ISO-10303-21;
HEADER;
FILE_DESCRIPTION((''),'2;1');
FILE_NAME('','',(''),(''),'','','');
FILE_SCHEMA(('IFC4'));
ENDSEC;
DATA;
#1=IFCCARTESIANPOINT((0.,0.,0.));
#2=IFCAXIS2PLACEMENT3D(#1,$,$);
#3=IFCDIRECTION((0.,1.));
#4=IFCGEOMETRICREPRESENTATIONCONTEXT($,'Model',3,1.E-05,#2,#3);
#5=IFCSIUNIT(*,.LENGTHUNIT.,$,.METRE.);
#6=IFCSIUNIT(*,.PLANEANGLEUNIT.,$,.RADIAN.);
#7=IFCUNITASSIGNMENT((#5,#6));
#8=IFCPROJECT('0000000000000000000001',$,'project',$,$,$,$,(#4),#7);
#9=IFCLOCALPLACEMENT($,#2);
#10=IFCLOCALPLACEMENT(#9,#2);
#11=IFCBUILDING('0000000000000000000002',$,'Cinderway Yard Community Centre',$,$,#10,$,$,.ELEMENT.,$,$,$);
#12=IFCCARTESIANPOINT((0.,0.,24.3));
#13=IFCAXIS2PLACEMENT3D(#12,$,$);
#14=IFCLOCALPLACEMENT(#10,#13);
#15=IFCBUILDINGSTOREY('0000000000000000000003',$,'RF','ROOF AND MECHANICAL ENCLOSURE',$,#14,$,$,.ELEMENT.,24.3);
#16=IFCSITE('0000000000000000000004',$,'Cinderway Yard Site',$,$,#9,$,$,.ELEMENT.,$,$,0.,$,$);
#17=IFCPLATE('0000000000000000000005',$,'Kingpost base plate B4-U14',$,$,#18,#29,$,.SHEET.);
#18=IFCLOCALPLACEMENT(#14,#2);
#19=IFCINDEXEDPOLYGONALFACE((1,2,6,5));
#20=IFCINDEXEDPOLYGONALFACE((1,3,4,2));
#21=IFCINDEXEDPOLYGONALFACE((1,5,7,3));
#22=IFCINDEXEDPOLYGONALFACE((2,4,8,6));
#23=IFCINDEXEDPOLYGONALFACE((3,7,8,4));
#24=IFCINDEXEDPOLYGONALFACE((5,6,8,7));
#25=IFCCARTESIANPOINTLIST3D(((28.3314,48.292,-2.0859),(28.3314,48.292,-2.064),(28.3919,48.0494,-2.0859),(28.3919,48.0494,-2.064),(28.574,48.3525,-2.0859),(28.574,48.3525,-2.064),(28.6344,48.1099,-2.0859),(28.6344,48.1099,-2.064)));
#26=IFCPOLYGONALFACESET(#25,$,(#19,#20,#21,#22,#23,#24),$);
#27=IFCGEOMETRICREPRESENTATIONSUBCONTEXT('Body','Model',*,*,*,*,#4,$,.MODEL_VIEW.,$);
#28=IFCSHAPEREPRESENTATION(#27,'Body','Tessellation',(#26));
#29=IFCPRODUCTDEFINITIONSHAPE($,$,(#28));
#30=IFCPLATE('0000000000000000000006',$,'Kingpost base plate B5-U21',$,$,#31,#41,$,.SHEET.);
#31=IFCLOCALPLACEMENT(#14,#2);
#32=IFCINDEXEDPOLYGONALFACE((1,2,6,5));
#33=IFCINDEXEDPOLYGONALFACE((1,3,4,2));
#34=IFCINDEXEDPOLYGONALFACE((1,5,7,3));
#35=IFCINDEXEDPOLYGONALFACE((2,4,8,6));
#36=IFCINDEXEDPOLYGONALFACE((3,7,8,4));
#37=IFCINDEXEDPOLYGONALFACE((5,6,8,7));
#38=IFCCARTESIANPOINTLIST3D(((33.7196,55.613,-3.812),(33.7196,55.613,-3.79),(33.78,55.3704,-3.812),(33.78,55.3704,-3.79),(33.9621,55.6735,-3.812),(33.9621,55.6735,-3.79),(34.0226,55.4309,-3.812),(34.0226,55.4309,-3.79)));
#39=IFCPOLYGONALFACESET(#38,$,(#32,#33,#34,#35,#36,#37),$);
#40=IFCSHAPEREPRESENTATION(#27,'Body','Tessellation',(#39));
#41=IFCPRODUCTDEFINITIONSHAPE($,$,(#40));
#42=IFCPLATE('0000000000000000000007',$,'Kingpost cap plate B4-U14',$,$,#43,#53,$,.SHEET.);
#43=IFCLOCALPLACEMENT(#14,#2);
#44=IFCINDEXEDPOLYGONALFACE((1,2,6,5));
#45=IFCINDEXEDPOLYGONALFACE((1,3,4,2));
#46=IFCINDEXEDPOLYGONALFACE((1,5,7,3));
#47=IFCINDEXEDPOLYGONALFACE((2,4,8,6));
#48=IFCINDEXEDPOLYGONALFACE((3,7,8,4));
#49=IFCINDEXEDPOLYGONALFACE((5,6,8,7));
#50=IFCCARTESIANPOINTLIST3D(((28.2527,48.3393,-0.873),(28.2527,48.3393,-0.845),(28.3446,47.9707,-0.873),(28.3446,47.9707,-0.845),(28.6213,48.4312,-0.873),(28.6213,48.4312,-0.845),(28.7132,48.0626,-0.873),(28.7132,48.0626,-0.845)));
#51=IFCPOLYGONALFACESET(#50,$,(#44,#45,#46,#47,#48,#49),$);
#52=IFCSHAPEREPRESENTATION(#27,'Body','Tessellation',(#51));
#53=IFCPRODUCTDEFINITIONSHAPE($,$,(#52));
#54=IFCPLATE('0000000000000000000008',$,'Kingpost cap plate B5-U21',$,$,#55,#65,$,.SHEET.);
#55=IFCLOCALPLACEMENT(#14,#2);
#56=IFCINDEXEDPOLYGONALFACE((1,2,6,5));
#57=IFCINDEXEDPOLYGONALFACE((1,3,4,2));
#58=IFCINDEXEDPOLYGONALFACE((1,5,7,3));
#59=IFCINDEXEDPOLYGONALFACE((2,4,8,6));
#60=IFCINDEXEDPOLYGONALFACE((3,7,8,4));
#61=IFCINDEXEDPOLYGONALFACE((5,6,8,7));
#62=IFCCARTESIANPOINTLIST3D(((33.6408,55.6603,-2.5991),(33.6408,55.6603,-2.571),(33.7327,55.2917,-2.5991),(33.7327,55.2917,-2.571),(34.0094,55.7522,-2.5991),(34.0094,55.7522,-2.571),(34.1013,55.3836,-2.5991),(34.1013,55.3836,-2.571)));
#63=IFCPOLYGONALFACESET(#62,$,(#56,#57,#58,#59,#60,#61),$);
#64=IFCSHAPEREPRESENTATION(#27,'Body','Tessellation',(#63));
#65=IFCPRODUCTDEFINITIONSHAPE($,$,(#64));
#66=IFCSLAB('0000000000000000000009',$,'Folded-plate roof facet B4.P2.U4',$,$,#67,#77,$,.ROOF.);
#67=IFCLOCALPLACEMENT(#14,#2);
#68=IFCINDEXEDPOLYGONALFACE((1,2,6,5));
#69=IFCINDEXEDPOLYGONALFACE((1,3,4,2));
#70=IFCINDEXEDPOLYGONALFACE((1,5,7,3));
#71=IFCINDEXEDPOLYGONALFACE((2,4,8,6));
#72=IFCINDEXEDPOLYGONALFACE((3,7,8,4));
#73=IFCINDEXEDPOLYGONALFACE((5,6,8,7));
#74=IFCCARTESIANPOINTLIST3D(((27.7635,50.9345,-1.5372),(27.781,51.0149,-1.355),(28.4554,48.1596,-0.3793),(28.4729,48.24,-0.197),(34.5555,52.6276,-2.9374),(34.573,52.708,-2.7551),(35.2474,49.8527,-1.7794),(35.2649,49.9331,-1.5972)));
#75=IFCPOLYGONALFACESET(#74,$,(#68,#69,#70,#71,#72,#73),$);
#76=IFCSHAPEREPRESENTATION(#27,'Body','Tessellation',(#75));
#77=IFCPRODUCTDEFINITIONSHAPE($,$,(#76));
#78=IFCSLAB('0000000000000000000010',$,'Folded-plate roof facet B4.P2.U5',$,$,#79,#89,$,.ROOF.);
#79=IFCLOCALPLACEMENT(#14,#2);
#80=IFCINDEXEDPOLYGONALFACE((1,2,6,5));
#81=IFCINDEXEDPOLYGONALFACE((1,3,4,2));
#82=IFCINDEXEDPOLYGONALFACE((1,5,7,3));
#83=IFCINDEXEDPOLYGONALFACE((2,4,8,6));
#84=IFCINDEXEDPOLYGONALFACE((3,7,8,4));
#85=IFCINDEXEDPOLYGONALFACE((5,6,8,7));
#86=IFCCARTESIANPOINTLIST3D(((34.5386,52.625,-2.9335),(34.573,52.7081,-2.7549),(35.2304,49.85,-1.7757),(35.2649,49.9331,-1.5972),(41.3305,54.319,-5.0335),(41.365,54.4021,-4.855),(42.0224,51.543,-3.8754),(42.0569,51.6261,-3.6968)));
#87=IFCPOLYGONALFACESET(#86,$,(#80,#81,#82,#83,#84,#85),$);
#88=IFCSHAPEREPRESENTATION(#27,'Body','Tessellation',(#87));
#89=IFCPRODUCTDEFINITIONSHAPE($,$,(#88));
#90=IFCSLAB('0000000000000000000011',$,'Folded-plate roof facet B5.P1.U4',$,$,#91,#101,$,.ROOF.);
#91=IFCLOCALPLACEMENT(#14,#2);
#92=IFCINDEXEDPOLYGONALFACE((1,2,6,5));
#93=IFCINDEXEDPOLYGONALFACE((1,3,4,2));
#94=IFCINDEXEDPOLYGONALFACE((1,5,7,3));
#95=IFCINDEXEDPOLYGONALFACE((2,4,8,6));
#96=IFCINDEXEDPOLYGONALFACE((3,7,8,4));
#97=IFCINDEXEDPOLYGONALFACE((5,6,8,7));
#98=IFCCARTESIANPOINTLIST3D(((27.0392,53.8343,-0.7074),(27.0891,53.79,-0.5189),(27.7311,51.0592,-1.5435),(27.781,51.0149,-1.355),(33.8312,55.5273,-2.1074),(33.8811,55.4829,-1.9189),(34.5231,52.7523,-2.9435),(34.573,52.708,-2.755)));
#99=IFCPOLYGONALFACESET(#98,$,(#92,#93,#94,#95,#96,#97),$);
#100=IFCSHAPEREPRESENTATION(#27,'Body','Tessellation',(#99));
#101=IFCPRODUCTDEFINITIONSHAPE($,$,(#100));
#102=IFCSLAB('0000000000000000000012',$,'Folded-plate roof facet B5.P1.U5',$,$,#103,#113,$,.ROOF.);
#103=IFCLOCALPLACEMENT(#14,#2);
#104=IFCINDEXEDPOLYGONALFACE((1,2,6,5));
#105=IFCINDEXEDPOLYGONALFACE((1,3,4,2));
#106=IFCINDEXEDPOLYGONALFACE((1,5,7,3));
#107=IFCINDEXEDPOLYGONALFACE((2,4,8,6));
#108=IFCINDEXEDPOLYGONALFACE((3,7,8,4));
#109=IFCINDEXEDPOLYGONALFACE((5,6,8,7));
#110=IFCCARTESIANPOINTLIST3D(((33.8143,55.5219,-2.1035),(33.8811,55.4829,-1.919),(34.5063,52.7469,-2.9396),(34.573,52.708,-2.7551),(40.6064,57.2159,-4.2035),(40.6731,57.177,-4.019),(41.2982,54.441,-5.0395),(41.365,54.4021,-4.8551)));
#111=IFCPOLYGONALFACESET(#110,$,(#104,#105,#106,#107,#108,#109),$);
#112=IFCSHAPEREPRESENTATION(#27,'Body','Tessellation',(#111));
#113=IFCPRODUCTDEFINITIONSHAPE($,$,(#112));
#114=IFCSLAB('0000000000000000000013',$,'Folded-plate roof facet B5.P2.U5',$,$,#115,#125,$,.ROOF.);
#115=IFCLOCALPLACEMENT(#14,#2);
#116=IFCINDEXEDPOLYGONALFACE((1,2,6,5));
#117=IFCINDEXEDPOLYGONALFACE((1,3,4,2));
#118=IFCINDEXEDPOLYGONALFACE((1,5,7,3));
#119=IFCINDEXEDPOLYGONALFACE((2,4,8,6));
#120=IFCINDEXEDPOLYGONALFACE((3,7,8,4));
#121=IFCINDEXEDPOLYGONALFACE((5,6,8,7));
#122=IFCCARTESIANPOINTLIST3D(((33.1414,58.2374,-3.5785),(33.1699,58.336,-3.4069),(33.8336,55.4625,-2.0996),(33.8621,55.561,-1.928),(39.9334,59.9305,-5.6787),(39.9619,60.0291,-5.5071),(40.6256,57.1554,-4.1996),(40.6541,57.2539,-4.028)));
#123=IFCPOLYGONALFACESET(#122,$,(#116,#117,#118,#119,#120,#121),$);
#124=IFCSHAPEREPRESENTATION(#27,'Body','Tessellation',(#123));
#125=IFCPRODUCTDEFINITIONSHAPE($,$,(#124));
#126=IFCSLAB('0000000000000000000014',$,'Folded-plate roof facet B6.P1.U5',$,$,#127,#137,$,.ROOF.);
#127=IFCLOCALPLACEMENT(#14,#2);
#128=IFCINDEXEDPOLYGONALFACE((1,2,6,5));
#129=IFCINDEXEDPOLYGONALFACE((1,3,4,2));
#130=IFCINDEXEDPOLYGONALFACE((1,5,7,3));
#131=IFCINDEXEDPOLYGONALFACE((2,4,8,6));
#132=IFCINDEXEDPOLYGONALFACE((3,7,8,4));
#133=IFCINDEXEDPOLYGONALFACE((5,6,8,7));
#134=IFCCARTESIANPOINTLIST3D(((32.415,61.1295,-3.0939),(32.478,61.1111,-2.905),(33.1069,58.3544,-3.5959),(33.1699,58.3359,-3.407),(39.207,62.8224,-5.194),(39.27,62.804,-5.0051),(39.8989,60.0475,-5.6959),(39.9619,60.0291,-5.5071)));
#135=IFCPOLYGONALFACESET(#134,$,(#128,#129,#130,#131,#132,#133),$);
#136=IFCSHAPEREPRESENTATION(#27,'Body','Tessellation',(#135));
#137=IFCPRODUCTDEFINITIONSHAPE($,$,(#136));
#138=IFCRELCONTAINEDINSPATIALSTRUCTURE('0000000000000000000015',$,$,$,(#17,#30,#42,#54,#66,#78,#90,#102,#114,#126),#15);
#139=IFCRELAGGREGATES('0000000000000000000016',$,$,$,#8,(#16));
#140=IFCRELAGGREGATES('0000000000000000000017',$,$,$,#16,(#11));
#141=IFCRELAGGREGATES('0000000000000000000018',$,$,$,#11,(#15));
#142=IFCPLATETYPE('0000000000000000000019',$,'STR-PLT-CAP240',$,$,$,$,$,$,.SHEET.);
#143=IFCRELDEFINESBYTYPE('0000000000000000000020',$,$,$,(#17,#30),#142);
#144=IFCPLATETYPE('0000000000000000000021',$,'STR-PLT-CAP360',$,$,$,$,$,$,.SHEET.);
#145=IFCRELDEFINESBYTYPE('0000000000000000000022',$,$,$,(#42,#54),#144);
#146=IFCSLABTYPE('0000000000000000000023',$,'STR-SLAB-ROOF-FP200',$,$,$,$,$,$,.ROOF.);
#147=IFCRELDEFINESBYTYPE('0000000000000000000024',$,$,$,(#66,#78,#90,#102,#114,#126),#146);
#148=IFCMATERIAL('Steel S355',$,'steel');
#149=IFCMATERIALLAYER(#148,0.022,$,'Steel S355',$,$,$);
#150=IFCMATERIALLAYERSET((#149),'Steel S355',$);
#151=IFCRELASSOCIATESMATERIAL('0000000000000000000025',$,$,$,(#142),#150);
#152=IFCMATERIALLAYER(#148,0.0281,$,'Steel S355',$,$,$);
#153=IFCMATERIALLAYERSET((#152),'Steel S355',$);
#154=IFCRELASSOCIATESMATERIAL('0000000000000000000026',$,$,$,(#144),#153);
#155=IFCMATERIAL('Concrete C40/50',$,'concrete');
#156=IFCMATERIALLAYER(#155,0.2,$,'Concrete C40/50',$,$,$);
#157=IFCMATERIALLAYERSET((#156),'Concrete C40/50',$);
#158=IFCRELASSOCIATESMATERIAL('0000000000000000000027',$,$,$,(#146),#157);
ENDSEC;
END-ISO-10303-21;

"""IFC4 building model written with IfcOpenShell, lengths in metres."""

from ifc_helpers import new_model, si_unit, direction, frame, origin, origin_2d, place, context, subcontext, project, spatial, polyline, rectangle, outline, extrude, material, layer, layer_set, type_object, element, save


model = new_model("IFC4")

# Units and contexts
model_context = context("Model", 3, precision=1e-05, world=origin(), true_north=direction((0.0, 1.0)))
body_context = subcontext(model_context, "Body", "Model", "MODEL_VIEW")
ifc_project = project(units=[si_unit("LENGTHUNIT", "METRE"), si_unit("PLANEANGLEUNIT", "RADIAN")], contexts=[model_context])

# Site, building, storey
site_placement = place(None, origin())
site = spatial("IfcSite", under=ifc_project, at=site_placement, Name="Cinderway Yard Site", CompositionType="ELEMENT", RefElevation=0.0)
building_placement = place(site_placement, origin())
building = spatial("IfcBuilding", under=site, at=building_placement, Name="Cinderway Yard Community Centre", CompositionType="ELEMENT")
storey_placement = place(building_placement, frame((0.0, 0.0, 24.3)))
storey = spatial("IfcBuildingStorey", under=building, at=storey_placement, Name="RF", Description="ROOF AND MECHANICAL ENCLOSURE", CompositionType="ELEMENT", Elevation=24.3)

# Shared definitions
ifc_material_1 = material(Name="Concrete C40/50", Category="concrete")
ifc_material_2 = material(Name="Steel S355", Category="steel")

# Plates
ifc_layer_1 = layer(ifc_material_2, 0.022, Name="Steel S355")
ifc_layer_set_1 = layer_set([ifc_layer_1], Name="Steel S355")
plate_type_1 = type_object("IfcPlateType", Name="STR-PLT-CAP240", PredefinedType="SHEET", material=ifc_layer_set_1)
for number, where, z_axis, x_axis, name in (
    (1, (28.4829, 48.2009, -2.0859), (0.0, 0.0, 1.0), (0.970296, 0.241922, 0.0), "Kingpost base plate B4-U14"),
    (2, (33.8711, 55.522, -3.812), (0.0, 0.0, 1.0), (0.970296, 0.241922, 0.0), "Kingpost base plate B5-U21"),
):
    element("IfcPlate", number, at=place(storey_placement, frame(where, z_axis=z_axis, x_axis=x_axis)), inside=storey, type_object=plate_type_1, Name=name, PredefinedType="SHEET", context=body_context, shape_type="SweptSolid", body=[
        extrude(rectangle(XDim=0.25, YDim=0.25, at=origin_2d()), origin(), (0.0, 0.0, 1.0), 0.022),
    ])
ifc_layer_2 = layer(ifc_material_2, 0.0281, Name="Steel S355")
ifc_layer_set_2 = layer_set([ifc_layer_2], Name="Steel S355")
plate_type_2 = type_object("IfcPlateType", Name="STR-PLT-CAP360", PredefinedType="SHEET", material=ifc_layer_set_2)
for number, where, z_axis, x_axis, name in (
    (3, (28.4829, 48.2009, -0.873), (0.0, 0.0, 1.0), (0.970296, 0.241922, 0.0), "Kingpost cap plate B4-U14"),
    (4, (33.8711, 55.522, -2.5991), (0.0, 0.0, 1.0), (0.970296, 0.241922, 0.0), "Kingpost cap plate B5-U21"),
):
    element("IfcPlate", number, at=place(storey_placement, frame(where, z_axis=z_axis, x_axis=x_axis)), inside=storey, type_object=plate_type_2, Name=name, PredefinedType="SHEET", context=body_context, shape_type="SweptSolid", body=[
        extrude(rectangle(XDim=0.3799, YDim=0.3799, at=origin_2d()), origin(), (0.0, 0.0, 1.0), 0.0281),
    ])

# Slabs
ifc_layer_3 = layer(ifc_material_1, 0.2, Name="Concrete C40/50")
ifc_layer_set_3 = layer_set([ifc_layer_3], Name="Concrete C40/50")
slab_type = type_object("IfcSlabType", Name="STR-SLAB-ROOF-FP200", PredefinedType="ROOF", material=ifc_layer_set_3)
slab_1_placement = place(storey_placement, frame((28.4729, 48.24, -0.197), z_axis=(0.087625, 0.402159, 0.911367), x_axis=(0.951459, 0.237181, -0.19614)))
element("IfcSlab", 5, at=slab_1_placement, inside=storey, type_object=slab_type, Name="Folded-plate roof facet B4.P2.U4", PredefinedType="ROOF", context=body_context, shape_type="SweptSolid", body=[
    extrude(outline(polyline([(0.0, 0.0), (7.1385, 0.0), (7.3655, 3.077), (0.227, 3.077), (0.0, 0.0)])), origin(), (0.0, 0.0, -1.0), 0.2),
])
slab_2_placement = place(storey_placement, frame((35.2649, 49.9331, -1.5972), z_axis=(0.172482, 0.415583, 0.893051), x_axis=(0.929402, 0.231662, -0.287307)))
element("IfcSlab", 6, at=slab_2_placement, inside=storey, type_object=slab_type, Name="Folded-plate roof facet B4.P2.U5", PredefinedType="ROOF", context=body_context, shape_type="SweptSolid", body=[
    extrude(outline(polyline([(0.0, 0.0), (7.308, 0.0), (7.6407, 3.0685), (0.3325, 3.0674), (0.0, 0.0)])), origin(), (0.0, 0.0, -1.0), 0.2),
])
slab_3_placement = place(storey_placement, frame((27.781, 51.0149, -1.355), z_axis=(0.249579, -0.221765, 0.942619), x_axis=(0.951464, 0.237176, -0.196121)))
element("IfcSlab", 7, at=slab_3_placement, inside=storey, type_object=slab_type, Name="Folded-plate roof facet B5.P1.U4", PredefinedType="ROOF", context=body_context, shape_type="SweptSolid", body=[
    extrude(outline(polyline([(0.0, 0.0), (7.1385, 0.0), (6.9743, 2.9751), (-0.1641, 2.9752), (0.0, 0.0)])), origin(), (0.0, 0.0, -1.0), 0.2),
])
slab_4_placement = place(storey_placement, frame((34.573, 52.708, -2.7551), z_axis=(0.333733, -0.194683, 0.922345), x_axis=(0.929355, 0.231808, -0.287341)))
element("IfcSlab", 8, at=slab_4_placement, inside=storey, type_object=slab_type, Name="Folded-plate roof facet B5.P1.U5", PredefinedType="ROOF", context=body_context, shape_type="SweptSolid", body=[
    extrude(outline(polyline([(0.0, 0.0), (7.3082, 0.0), (7.0683, 2.9698), (-0.24, 2.9699), (0.0, 0.0)])), origin(), (0.0, 0.0, -1.0), 0.2),
])
slab_5_placement = place(storey_placement, frame((33.8621, 55.561, -1.928), z_axis=(0.142502, 0.492984, 0.858289), x_axis=(0.929388, 0.231649, -0.287361)))
element("IfcSlab", 9, at=slab_5_placement, inside=storey, type_object=slab_type, Name="Folded-plate roof facet B5.P2.U5", PredefinedType="ROOF", context=body_context, shape_type="SweptSolid", body=[
    extrude(outline(polyline([(0.0, 0.0), (7.308, 0.0), (7.7326, 3.1918), (0.4245, 3.1916), (0.0, 0.0)])), origin(), (0.0, 0.0, -1.0), 0.2),
])
slab_6_placement = place(storey_placement, frame((33.1699, 58.3359, -3.407), z_axis=(0.31507, -0.0923, 0.94457), x_axis=(0.92938, 0.231677, -0.287365)))
element("IfcSlab", 10, at=slab_6_placement, inside=storey, type_object=slab_type, Name="Folded-plate roof facet B6.P1.U5", PredefinedType="ROOF", context=body_context, shape_type="SweptSolid", body=[
    extrude(outline(polyline([(0.0, 0.0), (7.3081, 0.0), (7.1637, 2.9), (-0.1443, 2.9002), (0.0, 0.0)])), origin(), (0.0, 0.0, -1.0), 0.2),
])

save(model, "model.ifc")
